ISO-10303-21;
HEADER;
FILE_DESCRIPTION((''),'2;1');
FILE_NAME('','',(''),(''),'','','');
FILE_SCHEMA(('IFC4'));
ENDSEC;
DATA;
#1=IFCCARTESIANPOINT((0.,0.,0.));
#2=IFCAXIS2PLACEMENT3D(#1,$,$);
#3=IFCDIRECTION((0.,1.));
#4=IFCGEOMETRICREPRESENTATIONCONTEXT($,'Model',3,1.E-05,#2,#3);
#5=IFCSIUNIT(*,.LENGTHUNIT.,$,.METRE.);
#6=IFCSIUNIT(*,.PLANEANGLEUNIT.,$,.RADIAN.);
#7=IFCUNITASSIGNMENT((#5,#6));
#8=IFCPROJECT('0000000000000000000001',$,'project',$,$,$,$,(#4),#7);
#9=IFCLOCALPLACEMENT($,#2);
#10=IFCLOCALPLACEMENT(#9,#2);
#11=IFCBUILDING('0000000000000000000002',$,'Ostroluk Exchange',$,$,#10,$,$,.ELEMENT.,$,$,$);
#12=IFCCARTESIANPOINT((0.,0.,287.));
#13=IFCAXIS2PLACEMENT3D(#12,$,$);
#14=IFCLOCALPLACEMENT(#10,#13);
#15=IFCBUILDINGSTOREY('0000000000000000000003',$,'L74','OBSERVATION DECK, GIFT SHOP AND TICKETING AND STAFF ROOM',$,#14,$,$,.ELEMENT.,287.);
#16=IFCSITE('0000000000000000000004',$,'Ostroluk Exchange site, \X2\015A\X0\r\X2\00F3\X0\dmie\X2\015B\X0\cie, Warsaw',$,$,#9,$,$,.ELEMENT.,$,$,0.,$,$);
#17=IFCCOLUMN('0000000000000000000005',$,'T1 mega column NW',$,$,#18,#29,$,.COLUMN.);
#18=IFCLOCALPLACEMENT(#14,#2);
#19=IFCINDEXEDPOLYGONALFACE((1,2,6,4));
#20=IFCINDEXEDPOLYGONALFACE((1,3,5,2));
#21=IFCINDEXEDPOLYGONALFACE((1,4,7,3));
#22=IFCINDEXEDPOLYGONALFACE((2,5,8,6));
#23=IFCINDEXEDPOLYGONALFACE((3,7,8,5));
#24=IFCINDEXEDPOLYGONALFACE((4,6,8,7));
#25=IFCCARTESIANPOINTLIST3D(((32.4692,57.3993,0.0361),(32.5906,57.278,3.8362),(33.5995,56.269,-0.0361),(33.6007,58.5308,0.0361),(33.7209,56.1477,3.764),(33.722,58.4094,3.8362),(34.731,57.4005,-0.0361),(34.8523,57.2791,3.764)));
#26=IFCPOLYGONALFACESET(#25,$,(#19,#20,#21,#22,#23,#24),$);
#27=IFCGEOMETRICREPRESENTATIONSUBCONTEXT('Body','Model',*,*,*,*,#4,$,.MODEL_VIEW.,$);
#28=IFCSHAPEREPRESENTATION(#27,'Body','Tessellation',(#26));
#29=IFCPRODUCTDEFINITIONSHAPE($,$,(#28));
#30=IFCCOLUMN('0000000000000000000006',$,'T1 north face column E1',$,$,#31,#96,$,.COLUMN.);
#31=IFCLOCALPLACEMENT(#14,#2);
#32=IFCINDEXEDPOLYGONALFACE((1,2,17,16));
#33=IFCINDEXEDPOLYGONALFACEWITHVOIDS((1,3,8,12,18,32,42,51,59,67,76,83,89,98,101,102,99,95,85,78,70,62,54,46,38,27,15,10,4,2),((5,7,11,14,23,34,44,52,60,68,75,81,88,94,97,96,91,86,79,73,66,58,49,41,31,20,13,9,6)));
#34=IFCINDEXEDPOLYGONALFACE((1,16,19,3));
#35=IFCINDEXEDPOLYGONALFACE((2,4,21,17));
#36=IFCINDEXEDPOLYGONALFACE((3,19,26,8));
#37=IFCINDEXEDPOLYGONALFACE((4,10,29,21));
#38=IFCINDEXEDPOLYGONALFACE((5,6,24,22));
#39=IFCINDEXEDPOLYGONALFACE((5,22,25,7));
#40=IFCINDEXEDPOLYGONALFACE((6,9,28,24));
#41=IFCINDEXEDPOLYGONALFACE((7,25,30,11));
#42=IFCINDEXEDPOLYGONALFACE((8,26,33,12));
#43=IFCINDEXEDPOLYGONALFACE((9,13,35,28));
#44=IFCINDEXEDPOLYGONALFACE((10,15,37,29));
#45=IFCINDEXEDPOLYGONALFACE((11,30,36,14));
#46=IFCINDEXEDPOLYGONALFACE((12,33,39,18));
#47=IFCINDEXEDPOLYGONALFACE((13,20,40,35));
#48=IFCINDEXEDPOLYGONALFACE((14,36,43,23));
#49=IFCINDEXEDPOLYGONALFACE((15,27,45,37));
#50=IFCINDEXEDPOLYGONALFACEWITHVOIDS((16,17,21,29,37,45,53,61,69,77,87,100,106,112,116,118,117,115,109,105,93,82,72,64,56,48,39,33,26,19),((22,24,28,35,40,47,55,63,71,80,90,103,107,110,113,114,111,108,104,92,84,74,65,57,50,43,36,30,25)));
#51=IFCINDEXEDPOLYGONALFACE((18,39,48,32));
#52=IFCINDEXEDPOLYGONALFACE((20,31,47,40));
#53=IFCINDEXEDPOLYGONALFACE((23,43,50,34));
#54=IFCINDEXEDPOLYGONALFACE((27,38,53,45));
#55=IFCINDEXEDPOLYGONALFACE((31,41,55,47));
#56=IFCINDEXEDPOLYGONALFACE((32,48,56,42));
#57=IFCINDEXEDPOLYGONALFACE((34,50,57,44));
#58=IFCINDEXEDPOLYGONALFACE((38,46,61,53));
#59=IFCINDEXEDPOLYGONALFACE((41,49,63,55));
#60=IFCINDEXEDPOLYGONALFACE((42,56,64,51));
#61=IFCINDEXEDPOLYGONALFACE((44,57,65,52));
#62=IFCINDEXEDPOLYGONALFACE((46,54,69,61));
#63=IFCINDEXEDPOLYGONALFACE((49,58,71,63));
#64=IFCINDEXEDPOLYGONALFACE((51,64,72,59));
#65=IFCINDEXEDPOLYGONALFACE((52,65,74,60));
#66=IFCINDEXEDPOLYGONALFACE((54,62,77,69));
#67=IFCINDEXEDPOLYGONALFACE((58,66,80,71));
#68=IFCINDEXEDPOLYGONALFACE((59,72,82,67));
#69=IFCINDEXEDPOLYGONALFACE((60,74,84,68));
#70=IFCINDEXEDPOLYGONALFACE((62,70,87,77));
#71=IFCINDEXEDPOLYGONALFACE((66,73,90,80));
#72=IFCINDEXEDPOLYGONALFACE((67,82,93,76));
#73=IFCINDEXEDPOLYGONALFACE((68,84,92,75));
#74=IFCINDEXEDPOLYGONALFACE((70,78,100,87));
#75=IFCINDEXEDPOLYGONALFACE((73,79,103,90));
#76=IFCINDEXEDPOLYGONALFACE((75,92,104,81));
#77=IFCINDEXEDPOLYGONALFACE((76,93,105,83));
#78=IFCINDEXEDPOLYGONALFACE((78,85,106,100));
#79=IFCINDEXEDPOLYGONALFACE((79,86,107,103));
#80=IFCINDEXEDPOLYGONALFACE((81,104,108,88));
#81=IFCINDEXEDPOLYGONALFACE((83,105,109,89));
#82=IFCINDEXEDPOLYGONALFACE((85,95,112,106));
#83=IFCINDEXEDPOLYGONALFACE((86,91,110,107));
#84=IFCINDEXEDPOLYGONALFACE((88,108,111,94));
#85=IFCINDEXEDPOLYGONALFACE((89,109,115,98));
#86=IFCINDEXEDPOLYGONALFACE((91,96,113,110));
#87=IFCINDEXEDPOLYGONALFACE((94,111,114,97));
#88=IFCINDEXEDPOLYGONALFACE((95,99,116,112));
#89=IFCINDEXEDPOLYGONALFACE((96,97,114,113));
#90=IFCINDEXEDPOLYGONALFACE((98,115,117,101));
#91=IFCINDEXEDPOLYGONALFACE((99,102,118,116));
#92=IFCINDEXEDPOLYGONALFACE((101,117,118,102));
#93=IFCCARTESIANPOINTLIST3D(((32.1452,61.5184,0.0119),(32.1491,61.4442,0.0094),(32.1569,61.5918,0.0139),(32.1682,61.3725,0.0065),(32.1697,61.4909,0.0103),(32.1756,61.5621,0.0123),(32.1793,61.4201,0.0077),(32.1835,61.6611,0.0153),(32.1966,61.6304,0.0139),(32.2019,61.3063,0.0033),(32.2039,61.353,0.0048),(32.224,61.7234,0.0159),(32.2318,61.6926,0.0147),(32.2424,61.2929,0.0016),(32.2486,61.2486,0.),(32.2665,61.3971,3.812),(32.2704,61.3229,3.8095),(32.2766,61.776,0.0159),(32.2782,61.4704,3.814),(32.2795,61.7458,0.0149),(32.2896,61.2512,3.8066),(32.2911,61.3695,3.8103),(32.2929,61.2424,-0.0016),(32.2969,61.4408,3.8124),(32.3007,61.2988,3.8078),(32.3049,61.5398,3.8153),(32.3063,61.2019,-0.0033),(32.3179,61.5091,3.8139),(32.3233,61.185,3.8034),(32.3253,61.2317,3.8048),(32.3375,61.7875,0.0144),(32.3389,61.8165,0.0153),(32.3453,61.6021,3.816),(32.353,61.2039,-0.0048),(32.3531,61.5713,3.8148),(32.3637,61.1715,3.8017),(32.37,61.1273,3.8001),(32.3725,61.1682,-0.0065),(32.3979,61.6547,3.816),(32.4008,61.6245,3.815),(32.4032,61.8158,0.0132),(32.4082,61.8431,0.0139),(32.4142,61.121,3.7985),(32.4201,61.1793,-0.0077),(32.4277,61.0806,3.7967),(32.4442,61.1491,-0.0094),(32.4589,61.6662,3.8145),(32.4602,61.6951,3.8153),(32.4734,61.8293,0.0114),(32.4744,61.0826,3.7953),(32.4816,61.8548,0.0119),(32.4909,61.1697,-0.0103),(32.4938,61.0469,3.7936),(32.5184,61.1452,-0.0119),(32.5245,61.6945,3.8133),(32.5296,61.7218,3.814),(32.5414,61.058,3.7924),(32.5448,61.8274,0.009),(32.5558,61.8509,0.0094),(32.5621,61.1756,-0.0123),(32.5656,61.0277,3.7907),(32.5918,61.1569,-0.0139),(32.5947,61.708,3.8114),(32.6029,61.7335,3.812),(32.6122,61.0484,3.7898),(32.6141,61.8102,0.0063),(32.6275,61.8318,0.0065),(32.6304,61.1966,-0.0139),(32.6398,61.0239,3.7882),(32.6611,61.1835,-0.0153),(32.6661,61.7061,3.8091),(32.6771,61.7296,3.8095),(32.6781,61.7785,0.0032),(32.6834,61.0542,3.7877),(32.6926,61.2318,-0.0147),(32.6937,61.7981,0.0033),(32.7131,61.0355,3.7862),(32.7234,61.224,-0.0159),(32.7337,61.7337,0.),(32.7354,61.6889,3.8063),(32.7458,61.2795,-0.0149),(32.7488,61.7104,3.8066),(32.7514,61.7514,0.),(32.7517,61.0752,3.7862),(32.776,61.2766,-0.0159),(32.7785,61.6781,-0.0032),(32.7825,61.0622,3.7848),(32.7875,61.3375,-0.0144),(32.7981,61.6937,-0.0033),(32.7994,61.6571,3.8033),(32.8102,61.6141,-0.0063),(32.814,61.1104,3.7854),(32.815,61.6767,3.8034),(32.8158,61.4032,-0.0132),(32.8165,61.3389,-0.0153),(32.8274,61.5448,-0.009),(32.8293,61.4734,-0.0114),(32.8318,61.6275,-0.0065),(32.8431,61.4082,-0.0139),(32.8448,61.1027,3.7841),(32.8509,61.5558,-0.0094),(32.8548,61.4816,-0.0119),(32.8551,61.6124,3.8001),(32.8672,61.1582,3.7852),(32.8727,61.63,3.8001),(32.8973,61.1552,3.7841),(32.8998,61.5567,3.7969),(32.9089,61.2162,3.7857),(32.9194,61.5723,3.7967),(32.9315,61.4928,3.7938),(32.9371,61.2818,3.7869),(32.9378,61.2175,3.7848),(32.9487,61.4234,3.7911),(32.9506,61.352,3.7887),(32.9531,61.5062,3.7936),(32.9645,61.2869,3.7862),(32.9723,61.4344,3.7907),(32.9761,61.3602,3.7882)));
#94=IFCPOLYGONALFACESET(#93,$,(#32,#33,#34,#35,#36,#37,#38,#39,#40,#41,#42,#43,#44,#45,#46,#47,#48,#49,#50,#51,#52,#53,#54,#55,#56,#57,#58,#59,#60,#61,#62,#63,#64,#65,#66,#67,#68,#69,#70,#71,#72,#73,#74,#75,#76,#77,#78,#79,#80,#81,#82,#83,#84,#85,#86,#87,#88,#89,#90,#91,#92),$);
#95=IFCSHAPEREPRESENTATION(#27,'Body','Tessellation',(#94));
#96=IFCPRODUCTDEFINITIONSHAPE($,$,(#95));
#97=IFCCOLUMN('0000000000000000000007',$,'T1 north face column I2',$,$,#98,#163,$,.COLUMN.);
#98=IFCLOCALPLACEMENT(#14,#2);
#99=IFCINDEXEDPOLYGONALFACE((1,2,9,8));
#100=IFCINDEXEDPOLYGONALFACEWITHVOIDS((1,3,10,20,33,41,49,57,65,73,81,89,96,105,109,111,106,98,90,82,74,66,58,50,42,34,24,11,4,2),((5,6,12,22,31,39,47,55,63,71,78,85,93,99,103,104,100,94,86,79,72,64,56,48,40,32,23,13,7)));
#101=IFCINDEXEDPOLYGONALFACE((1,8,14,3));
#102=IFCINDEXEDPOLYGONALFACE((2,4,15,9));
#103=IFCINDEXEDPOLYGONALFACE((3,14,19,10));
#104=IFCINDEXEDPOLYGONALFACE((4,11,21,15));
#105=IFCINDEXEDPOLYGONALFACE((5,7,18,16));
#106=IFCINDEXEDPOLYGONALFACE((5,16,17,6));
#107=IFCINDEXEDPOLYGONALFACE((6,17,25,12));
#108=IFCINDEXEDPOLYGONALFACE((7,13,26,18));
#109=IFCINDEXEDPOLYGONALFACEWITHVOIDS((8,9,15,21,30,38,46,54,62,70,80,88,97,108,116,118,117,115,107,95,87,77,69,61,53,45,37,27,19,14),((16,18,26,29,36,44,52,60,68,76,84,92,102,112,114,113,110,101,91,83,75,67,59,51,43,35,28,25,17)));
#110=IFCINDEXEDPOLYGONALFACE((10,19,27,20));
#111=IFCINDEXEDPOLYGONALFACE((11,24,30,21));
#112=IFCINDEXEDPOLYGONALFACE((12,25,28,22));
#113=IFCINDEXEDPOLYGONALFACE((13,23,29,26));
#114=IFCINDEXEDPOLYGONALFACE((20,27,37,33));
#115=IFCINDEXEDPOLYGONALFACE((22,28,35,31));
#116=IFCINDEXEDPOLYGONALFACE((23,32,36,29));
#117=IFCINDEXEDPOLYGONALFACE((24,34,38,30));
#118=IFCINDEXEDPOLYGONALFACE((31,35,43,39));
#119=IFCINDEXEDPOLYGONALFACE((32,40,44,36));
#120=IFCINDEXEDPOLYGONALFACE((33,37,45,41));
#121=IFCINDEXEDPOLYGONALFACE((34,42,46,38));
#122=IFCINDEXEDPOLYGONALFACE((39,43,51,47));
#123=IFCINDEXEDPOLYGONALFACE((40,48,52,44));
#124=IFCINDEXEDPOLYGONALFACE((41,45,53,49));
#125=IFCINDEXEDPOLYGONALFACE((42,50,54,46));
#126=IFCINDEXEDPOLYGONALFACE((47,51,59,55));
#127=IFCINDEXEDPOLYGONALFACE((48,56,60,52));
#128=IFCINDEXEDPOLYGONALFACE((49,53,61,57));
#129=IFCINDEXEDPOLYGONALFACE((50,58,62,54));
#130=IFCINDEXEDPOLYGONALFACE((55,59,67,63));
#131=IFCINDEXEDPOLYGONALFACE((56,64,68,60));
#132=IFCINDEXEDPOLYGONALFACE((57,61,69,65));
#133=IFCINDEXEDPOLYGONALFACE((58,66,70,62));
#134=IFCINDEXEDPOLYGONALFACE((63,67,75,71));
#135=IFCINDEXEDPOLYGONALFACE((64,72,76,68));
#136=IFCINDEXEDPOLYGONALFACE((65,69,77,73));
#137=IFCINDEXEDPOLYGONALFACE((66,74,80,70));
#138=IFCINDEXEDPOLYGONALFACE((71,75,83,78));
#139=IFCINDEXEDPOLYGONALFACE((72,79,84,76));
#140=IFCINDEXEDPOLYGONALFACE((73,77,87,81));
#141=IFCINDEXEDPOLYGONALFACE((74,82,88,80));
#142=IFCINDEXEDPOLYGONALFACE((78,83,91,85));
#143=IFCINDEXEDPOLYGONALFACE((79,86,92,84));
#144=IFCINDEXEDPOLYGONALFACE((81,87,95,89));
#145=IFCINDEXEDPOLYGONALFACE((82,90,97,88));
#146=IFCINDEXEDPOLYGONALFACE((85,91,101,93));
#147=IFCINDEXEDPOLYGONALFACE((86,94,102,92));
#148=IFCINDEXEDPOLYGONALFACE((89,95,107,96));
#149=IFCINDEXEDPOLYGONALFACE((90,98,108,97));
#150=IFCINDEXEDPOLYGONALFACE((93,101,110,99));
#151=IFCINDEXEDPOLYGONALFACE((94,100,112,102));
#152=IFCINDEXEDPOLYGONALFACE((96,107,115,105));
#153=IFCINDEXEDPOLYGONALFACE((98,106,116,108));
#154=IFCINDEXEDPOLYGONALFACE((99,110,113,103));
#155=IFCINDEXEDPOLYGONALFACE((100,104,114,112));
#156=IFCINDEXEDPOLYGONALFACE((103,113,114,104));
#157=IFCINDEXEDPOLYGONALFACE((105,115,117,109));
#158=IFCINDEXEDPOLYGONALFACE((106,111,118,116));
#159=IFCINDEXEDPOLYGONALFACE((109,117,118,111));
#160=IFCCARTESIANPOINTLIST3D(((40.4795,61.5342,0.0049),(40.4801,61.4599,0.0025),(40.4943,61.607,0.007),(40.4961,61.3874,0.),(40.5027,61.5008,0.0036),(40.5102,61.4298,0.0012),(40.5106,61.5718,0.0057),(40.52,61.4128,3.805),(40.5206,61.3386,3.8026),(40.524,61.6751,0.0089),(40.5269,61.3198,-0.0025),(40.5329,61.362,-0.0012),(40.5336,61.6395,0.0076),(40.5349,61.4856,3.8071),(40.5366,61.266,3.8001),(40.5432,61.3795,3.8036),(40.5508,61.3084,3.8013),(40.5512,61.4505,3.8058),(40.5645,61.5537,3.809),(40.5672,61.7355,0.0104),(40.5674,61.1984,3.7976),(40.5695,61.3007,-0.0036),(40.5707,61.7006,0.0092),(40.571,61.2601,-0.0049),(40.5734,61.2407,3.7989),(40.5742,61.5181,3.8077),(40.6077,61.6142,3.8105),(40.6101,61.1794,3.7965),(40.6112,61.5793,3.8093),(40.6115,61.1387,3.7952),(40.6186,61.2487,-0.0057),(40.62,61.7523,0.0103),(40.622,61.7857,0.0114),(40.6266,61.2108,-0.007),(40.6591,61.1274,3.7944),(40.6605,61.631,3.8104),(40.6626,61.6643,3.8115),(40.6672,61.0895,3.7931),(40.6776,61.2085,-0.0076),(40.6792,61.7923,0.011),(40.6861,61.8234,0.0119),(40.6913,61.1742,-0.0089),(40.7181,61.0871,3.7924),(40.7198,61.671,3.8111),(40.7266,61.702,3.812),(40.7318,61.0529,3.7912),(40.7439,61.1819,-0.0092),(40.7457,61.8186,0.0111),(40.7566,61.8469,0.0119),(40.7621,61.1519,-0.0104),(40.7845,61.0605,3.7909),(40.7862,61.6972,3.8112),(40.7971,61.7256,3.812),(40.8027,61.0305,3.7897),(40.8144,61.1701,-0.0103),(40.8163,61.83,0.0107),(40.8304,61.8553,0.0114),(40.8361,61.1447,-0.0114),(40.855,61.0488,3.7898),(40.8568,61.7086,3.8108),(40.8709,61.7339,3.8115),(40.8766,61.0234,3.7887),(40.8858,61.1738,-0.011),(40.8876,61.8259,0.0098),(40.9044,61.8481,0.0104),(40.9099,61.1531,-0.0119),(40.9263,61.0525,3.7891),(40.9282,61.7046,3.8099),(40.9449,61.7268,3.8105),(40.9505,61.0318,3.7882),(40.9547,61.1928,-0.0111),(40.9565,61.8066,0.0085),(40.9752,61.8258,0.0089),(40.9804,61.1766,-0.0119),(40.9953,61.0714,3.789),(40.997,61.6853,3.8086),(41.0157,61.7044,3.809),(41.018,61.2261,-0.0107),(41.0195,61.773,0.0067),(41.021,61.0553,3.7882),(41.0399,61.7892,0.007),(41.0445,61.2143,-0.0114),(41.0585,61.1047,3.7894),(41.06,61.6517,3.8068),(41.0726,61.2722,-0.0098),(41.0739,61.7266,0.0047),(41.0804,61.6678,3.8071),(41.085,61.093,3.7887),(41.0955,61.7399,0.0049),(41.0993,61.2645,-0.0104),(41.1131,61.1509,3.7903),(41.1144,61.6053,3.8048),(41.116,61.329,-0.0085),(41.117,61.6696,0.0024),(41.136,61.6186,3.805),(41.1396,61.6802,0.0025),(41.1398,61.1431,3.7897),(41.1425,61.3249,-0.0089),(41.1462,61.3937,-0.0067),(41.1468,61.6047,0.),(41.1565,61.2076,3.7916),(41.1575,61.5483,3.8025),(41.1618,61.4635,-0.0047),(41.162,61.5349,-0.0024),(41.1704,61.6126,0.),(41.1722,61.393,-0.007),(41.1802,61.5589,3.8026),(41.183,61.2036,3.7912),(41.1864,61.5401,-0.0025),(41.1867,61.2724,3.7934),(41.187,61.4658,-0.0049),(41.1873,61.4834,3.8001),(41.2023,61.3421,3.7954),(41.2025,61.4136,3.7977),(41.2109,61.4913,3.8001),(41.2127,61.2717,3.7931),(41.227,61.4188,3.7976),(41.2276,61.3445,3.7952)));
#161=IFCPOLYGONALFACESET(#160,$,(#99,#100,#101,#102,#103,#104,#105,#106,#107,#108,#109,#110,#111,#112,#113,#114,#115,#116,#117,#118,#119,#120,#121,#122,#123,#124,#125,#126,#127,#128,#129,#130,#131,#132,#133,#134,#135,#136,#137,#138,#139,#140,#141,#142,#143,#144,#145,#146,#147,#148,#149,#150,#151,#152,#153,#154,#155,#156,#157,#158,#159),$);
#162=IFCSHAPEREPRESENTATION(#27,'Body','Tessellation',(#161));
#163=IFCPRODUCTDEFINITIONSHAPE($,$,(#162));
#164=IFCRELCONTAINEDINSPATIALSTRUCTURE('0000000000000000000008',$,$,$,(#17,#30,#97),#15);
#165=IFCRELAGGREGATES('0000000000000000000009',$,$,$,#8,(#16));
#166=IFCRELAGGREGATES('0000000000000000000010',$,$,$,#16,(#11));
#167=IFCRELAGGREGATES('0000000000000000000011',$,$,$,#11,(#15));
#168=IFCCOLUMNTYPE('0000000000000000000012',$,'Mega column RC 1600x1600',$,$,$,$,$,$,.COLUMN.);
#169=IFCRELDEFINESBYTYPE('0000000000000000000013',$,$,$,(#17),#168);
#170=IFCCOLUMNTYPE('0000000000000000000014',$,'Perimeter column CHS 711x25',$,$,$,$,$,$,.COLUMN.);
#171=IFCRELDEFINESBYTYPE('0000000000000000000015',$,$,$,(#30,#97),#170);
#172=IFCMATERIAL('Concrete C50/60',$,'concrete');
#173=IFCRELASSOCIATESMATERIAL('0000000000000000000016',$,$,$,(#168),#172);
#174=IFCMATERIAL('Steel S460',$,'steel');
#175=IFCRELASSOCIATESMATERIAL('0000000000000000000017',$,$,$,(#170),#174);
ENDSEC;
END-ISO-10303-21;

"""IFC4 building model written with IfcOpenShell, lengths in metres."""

from ifc_helpers import new_model, si_unit, direction, frame, origin, origin_2d, place, context, subcontext, project, spatial, rectangle, hollow_circle, extrude, material, material_profile, profile_set, type_object, element, save


model = new_model("IFC4")

# Units and contexts
model_context = context("Model", 3, precision=1e-05, world=origin(), true_north=direction((0.0, 1.0)))
body_context = subcontext(model_context, "Body", "Model", "MODEL_VIEW")
ifc_project = project(units=[si_unit("LENGTHUNIT", "METRE"), si_unit("PLANEANGLEUNIT", "RADIAN")], contexts=[model_context])

# Site, building, storey
site_placement = place(None, origin())
site = spatial("IfcSite", under=ifc_project, at=site_placement, Name="Ostroluk Exchange site, Śródmieście, Warsaw", CompositionType="ELEMENT", RefElevation=0.0)
building_placement = place(site_placement, origin())
building = spatial("IfcBuilding", under=site, at=building_placement, Name="Ostroluk Exchange", CompositionType="ELEMENT")
storey_placement = place(building_placement, frame((0.0, 0.0, 287.0)))
storey = spatial("IfcBuildingStorey", under=building, at=storey_placement, Name="L74", Description="OBSERVATION DECK, GIFT SHOP AND TICKETING AND STAFF ROOM", CompositionType="ELEMENT", Elevation=287.0)

# Columns
ifc_material_1 = material(Name="Concrete C50/60", Category="concrete")
ifc_material_profile_1 = material_profile(ifc_material_1, rectangle(XDim=1.6001, YDim=1.6001, at=origin_2d()), Name="RC 1600x1600")
ifc_profile_set_1 = profile_set([ifc_material_profile_1], Name="Concrete C50/60")
column_type_1 = type_object("IfcColumnType", Name="Mega column RC 1600x1600", PredefinedType="COLUMN", material=ifc_profile_set_1)
column_1_placement = place(storey_placement, frame((33.6001, 57.3999, 0.0), z_axis=(0.031898, -0.031898, 0.998982), x_axis=(0.707107, 0.707107, 0.0)))
element("IfcColumn", 1, at=column_1_placement, inside=storey, type_object=column_type_1, Name="T1 mega column NW", PredefinedType="COLUMN", context=body_context, shape_type="SweptSolid", body=[
    extrude(rectangle(XDim=1.6001, YDim=1.6001, at=origin_2d()), origin(), (0.0, 0.0, 1.0), 3.804),
])
ifc_material_2 = material(Name="Steel S460", Category="steel")
ifc_material_profile_2 = material_profile(ifc_material_2, hollow_circle(Radius=0.3555, WallThickness=0.0249, at=origin_2d()), Name="CHS 711x25")
ifc_profile_set_2 = profile_set([ifc_material_profile_2], Name="Steel S460")
column_type_2 = type_object("IfcColumnType", Name="Perimeter column CHS 711x25", PredefinedType="COLUMN", material=ifc_profile_set_2)
column_2_placement = place(storey_placement, frame((32.5, 61.5, 0.0), z_axis=(0.031898, -0.031898, 0.998982), x_axis=(0.707107, 0.707107, 0.0)))
element("IfcColumn", 2, at=column_2_placement, inside=storey, type_object=column_type_2, Name="T1 north face column E1", PredefinedType="COLUMN", context=body_context, shape_type="SweptSolid", body=[
    extrude(hollow_circle(Radius=0.3555, WallThickness=0.0249, at=origin_2d()), origin(), (0.0, 0.0, 1.0), 3.804),
])
column_3_placement = place(storey_placement, frame((40.8333, 61.5, 0.0), z_axis=(0.010659, -0.031913, 0.999434), x_axis=(0.948492, 0.3168, 0.0)))
element("IfcColumn", 3, at=column_3_placement, inside=storey, type_object=column_type_2, Name="T1 north face column I2", PredefinedType="COLUMN", context=body_context, shape_type="SweptSolid", body=[
    extrude(hollow_circle(Radius=0.3555, WallThickness=0.0249, at=origin_2d()), origin(), (0.0, 0.0, 1.0), 3.8022),
])

save(model, "model.ifc")
